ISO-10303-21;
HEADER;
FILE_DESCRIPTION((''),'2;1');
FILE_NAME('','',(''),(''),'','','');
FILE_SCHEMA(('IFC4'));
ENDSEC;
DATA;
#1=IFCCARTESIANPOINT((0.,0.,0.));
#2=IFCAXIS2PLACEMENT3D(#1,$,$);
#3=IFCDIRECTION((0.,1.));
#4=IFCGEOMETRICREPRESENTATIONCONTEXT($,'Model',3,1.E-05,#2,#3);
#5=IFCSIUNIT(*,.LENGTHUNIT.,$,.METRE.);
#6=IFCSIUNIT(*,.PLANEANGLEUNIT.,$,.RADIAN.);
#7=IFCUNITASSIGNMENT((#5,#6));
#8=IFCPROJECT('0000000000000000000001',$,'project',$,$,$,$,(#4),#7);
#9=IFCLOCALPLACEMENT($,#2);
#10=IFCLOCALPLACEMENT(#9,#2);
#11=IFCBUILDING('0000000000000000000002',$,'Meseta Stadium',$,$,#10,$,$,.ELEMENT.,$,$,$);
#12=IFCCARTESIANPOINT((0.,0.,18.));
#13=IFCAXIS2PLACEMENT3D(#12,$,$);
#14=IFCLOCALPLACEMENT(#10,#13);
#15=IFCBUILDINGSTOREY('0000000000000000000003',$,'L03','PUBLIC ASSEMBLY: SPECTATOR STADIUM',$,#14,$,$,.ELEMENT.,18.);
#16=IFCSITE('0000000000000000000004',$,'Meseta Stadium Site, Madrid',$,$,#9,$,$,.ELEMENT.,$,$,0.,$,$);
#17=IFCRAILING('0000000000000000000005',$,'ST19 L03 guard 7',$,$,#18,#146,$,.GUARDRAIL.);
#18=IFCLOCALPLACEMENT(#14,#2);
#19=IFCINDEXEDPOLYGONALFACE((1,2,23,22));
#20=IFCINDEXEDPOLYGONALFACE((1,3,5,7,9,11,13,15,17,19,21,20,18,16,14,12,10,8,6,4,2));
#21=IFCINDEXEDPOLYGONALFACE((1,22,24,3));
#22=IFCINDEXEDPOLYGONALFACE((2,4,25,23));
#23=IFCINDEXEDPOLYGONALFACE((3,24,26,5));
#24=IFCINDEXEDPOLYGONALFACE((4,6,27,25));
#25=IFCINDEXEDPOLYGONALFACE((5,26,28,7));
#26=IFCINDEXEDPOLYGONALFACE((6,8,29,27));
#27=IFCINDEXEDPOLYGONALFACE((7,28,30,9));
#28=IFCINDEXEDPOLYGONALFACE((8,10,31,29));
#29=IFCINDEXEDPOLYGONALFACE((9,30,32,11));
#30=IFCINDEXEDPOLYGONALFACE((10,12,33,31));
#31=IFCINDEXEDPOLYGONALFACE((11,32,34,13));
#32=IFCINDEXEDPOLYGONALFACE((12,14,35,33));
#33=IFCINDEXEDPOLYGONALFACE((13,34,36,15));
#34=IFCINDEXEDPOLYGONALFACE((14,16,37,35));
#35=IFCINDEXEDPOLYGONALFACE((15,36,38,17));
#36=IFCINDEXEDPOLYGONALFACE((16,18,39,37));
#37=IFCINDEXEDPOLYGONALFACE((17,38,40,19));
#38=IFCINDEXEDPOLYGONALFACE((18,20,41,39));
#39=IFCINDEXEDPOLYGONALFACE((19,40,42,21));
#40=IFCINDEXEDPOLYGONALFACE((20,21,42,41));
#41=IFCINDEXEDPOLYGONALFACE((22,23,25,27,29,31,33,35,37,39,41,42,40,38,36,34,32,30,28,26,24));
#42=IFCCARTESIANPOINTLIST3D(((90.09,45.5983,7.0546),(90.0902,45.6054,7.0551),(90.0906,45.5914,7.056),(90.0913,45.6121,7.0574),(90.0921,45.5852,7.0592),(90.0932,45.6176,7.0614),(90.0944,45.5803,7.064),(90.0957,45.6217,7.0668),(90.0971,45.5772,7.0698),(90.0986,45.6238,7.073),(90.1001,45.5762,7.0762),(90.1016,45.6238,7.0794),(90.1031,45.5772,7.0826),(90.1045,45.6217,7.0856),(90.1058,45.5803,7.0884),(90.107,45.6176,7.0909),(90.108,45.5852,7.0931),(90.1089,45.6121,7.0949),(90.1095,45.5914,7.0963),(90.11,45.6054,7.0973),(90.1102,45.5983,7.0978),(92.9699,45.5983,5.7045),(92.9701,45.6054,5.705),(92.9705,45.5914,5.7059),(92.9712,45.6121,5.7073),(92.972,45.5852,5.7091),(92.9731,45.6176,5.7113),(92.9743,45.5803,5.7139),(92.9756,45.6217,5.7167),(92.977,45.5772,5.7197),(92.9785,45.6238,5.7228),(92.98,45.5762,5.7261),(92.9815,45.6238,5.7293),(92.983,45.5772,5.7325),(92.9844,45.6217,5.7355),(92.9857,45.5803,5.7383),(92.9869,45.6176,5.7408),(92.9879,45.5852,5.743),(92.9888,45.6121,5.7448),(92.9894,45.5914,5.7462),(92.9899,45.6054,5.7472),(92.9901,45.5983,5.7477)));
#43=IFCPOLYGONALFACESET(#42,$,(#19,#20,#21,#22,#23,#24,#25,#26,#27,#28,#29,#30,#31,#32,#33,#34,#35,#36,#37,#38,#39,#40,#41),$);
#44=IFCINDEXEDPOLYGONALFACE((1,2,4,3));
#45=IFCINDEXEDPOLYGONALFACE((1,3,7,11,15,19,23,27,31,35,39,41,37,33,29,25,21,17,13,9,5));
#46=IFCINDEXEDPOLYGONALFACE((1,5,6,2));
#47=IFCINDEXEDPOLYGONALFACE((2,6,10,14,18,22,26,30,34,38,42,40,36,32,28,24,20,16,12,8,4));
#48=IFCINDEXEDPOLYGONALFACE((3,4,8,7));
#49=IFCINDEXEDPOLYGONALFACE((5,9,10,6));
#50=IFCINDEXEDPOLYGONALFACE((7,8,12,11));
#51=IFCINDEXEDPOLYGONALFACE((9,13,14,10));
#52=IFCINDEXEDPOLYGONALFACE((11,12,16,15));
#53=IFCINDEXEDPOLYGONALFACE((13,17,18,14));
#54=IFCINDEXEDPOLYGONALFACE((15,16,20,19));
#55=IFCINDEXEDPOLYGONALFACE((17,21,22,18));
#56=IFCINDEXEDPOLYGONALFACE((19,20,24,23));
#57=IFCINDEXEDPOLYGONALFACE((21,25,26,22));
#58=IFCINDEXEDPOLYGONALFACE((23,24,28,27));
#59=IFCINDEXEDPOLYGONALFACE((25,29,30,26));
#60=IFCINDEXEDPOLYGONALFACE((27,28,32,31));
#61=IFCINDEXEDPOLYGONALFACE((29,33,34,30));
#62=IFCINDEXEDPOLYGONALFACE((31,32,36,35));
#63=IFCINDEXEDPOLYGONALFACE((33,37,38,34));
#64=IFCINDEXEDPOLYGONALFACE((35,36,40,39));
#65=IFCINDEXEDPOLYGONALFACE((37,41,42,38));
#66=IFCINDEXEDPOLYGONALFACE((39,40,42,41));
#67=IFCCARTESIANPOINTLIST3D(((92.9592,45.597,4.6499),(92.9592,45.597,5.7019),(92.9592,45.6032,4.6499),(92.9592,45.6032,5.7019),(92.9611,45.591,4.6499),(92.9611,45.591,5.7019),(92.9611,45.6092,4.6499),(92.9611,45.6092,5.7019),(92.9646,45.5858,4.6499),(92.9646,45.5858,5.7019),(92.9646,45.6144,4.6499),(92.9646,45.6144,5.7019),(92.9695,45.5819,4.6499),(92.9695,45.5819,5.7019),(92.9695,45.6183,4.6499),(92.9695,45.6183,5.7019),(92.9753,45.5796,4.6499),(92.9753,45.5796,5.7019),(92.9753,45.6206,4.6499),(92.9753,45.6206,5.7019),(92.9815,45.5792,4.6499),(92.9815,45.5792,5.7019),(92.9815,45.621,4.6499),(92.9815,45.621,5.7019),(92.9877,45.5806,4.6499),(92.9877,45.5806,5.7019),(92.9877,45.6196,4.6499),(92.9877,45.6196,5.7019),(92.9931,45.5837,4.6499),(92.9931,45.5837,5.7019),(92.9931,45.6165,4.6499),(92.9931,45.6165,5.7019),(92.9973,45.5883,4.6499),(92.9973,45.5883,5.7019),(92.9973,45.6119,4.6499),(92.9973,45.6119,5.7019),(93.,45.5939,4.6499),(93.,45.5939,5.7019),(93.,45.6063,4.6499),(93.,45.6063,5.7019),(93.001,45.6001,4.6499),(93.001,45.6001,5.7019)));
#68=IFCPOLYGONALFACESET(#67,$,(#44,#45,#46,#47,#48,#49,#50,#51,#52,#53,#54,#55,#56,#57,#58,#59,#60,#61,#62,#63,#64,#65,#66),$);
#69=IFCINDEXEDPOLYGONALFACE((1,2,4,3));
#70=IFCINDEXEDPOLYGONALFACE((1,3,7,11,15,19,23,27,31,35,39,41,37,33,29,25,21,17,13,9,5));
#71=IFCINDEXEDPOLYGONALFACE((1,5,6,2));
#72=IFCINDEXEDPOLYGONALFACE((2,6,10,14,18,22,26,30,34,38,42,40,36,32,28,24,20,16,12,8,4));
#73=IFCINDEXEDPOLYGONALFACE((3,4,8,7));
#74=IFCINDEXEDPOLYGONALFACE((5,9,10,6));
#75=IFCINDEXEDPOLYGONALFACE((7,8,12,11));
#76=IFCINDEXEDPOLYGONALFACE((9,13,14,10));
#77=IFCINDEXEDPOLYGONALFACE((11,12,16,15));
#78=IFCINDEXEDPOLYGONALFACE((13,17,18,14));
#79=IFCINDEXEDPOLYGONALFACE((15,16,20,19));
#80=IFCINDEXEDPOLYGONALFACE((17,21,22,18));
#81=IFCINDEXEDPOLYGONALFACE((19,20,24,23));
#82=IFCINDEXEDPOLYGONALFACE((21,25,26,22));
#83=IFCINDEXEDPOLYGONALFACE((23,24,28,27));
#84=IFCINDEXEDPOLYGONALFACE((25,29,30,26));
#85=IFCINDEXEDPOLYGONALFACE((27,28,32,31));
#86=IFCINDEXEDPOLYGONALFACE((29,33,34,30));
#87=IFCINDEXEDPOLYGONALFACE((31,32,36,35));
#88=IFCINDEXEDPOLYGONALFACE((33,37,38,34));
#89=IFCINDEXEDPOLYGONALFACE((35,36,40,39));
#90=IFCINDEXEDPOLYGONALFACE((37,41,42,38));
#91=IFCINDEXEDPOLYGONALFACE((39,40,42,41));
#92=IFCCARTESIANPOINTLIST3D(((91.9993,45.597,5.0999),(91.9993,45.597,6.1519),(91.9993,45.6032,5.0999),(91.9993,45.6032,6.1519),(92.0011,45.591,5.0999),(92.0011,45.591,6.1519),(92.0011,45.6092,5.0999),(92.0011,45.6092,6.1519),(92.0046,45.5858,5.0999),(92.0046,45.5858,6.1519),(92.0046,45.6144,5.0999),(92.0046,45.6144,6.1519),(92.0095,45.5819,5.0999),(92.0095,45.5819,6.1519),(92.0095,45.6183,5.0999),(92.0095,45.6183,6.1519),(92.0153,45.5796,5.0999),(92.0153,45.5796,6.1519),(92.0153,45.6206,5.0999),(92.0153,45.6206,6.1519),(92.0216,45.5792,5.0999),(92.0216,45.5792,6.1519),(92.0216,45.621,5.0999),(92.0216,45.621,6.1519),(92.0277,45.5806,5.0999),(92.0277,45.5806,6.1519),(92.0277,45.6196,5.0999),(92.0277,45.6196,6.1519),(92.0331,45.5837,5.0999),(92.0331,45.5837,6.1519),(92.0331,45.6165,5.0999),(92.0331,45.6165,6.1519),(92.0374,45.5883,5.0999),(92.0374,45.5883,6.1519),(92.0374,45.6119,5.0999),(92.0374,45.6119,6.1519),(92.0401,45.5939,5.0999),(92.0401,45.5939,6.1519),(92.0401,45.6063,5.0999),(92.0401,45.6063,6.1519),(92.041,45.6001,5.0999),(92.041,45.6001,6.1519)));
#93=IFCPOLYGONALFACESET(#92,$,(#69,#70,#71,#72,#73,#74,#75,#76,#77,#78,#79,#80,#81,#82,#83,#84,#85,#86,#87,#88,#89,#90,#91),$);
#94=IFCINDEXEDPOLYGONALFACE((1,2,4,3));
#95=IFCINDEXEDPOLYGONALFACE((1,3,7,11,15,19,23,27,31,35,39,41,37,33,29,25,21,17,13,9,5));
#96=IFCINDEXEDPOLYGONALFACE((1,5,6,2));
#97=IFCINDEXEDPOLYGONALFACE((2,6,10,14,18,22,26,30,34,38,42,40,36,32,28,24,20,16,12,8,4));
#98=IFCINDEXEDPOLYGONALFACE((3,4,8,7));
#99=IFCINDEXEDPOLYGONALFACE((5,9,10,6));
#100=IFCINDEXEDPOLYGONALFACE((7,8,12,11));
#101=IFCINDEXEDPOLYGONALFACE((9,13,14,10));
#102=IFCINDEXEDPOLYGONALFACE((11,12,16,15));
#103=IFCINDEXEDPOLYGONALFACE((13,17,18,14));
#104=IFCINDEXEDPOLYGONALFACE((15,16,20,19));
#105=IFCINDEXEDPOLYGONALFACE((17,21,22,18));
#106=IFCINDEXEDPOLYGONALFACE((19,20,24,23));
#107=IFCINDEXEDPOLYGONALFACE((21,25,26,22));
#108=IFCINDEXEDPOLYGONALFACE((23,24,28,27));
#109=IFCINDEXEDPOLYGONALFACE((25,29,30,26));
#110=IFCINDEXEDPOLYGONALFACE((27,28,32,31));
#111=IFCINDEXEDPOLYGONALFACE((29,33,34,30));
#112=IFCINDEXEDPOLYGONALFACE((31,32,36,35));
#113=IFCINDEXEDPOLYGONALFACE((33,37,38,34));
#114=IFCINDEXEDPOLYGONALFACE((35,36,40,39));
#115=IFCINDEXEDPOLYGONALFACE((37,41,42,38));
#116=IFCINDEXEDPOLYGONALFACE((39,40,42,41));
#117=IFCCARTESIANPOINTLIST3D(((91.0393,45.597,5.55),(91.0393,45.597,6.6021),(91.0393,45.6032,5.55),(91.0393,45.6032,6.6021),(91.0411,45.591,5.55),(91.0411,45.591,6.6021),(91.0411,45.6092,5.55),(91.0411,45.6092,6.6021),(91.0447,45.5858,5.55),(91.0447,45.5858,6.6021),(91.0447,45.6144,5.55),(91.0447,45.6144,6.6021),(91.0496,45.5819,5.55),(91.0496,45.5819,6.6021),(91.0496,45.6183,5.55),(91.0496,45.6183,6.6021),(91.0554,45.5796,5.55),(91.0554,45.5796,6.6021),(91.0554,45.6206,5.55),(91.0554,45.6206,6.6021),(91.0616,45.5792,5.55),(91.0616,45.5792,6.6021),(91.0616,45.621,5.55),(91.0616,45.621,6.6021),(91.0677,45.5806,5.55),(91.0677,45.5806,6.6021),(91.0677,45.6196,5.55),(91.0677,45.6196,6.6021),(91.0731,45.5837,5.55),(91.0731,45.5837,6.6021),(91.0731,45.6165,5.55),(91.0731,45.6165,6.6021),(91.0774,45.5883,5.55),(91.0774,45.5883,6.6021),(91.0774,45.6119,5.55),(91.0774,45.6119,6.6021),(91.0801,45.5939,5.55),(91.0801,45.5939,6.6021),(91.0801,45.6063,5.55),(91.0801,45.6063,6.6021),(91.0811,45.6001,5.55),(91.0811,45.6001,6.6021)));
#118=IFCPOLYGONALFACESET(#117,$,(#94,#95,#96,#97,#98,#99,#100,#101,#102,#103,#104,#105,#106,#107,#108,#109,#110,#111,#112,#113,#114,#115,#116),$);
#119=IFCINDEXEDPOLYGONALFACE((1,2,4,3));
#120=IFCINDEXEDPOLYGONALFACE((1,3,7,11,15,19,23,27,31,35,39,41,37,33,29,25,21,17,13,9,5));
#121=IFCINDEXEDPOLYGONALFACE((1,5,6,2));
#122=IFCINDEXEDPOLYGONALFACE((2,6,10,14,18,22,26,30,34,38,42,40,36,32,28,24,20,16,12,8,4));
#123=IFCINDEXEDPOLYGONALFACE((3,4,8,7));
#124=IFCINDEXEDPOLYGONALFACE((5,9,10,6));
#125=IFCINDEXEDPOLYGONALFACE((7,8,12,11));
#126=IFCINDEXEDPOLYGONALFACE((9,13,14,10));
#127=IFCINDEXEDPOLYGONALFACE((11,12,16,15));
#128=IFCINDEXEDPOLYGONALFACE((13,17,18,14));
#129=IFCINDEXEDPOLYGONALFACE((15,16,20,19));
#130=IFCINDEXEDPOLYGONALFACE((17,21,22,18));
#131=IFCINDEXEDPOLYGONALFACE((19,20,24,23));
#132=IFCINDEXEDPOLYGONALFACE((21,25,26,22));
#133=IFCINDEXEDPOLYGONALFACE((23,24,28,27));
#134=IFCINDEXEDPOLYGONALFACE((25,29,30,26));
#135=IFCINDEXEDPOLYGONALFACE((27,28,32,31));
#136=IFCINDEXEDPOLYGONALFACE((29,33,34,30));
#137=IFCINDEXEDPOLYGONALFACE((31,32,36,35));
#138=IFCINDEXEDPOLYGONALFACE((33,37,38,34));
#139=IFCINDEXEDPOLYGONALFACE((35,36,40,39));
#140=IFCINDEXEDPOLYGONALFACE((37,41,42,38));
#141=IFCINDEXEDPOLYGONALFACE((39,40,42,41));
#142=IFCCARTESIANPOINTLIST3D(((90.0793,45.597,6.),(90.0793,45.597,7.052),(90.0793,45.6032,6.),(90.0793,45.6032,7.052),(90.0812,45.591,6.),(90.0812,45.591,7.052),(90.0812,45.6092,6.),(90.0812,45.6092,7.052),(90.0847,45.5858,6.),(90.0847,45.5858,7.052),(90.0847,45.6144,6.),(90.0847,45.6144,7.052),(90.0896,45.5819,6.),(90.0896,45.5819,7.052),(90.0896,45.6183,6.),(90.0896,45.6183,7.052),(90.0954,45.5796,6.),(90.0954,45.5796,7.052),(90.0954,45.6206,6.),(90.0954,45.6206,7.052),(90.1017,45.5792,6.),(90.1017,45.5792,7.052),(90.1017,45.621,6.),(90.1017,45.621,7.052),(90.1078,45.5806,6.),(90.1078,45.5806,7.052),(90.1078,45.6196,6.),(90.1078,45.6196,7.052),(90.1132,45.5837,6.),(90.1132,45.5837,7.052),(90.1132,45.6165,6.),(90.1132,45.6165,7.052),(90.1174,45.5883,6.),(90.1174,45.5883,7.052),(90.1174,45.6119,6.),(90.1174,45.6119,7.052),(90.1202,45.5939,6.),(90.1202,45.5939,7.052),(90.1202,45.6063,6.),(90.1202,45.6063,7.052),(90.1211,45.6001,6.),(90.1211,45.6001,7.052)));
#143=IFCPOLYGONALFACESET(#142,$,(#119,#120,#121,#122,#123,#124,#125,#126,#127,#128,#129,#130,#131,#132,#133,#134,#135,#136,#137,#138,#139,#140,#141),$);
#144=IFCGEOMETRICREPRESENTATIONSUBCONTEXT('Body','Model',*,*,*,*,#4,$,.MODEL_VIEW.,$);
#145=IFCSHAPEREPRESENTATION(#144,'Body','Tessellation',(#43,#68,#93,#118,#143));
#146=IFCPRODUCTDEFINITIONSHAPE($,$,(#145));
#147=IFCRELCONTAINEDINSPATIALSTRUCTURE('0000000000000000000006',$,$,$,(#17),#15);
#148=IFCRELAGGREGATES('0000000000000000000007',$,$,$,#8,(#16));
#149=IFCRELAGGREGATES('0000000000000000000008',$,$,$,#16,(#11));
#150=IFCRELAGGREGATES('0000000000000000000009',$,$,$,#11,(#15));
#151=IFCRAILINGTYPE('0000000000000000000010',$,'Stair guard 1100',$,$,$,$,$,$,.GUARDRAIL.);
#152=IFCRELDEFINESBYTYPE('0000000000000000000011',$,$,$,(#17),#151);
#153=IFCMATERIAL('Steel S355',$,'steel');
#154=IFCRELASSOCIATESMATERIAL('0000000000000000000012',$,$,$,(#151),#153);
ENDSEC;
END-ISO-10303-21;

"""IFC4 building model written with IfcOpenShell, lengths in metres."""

from ifc_helpers import new_model, si_unit, direction, frame, origin, origin_2d, place, context, subcontext, project, spatial, circle, extrude, material, type_object, element, save


model = new_model("IFC4")

# Units and contexts
model_context = context("Model", 3, precision=1e-05, world=origin(), true_north=direction((0.0, 1.0)))
body_context = subcontext(model_context, "Body", "Model", "MODEL_VIEW")
ifc_project = project(units=[si_unit("LENGTHUNIT", "METRE"), si_unit("PLANEANGLEUNIT", "RADIAN")], contexts=[model_context])

# Site, building, storey
site_placement = place(None, origin())
site = spatial("IfcSite", under=ifc_project, at=site_placement, Name="Meseta Stadium Site, Madrid", CompositionType="ELEMENT", RefElevation=0.0)
building_placement = place(site_placement, origin())
building = spatial("IfcBuilding", under=site, at=building_placement, Name="Meseta Stadium", CompositionType="ELEMENT")
storey_placement = place(building_placement, frame((0.0, 0.0, 18.0)))
storey = spatial("IfcBuildingStorey", under=building, at=storey_placement, Name="L03", Description="PUBLIC ASSEMBLY: SPECTATOR STADIUM", CompositionType="ELEMENT", Elevation=18.0)

# Railing
ifc_material_1 = material(Name="Steel S355", Category="steel")
railing_type_1 = type_object("IfcRailingType", Name="Stair guard 1100", PredefinedType="GUARDRAIL", material=ifc_material_1)
for number, where, name in (
    (1, (92.98, 45.6001, 4.6499), "ST19 L03 guard 7"),
):
    element("IfcRailing", number, at=place(storey_placement, frame(where)), inside=storey, type_object=railing_type_1, Name=name, PredefinedType="GUARDRAIL", context=body_context, shape_type="SweptSolid", body=[
        extrude(circle(Radius=0.0239, at=origin_2d()), frame((0.0, 0.0, 1.0762), z_axis=(-0.90544, 0.0, 0.424473), x_axis=(0.0, -1.0, 0.0)), (0.0, 0.0, 1.0), 3.1807),
        extrude(circle(Radius=0.021, at=origin_2d()), origin(), (0.0, 0.0, 1.0), 1.052),
        extrude(circle(Radius=0.021, at=origin_2d()), frame((-0.96, 0.0, 0.45)), (0.0, 0.0, 1.0), 1.052),
        extrude(circle(Radius=0.021, at=origin_2d()), frame((-1.9199, 0.0, 0.9001)), (0.0, 0.0, 1.0), 1.052),
        extrude(circle(Radius=0.021, at=origin_2d()), frame((-2.8799, 0.0, 1.3501)), (0.0, 0.0, 1.0), 1.052),
    ])

save(model, "model.ifc")
